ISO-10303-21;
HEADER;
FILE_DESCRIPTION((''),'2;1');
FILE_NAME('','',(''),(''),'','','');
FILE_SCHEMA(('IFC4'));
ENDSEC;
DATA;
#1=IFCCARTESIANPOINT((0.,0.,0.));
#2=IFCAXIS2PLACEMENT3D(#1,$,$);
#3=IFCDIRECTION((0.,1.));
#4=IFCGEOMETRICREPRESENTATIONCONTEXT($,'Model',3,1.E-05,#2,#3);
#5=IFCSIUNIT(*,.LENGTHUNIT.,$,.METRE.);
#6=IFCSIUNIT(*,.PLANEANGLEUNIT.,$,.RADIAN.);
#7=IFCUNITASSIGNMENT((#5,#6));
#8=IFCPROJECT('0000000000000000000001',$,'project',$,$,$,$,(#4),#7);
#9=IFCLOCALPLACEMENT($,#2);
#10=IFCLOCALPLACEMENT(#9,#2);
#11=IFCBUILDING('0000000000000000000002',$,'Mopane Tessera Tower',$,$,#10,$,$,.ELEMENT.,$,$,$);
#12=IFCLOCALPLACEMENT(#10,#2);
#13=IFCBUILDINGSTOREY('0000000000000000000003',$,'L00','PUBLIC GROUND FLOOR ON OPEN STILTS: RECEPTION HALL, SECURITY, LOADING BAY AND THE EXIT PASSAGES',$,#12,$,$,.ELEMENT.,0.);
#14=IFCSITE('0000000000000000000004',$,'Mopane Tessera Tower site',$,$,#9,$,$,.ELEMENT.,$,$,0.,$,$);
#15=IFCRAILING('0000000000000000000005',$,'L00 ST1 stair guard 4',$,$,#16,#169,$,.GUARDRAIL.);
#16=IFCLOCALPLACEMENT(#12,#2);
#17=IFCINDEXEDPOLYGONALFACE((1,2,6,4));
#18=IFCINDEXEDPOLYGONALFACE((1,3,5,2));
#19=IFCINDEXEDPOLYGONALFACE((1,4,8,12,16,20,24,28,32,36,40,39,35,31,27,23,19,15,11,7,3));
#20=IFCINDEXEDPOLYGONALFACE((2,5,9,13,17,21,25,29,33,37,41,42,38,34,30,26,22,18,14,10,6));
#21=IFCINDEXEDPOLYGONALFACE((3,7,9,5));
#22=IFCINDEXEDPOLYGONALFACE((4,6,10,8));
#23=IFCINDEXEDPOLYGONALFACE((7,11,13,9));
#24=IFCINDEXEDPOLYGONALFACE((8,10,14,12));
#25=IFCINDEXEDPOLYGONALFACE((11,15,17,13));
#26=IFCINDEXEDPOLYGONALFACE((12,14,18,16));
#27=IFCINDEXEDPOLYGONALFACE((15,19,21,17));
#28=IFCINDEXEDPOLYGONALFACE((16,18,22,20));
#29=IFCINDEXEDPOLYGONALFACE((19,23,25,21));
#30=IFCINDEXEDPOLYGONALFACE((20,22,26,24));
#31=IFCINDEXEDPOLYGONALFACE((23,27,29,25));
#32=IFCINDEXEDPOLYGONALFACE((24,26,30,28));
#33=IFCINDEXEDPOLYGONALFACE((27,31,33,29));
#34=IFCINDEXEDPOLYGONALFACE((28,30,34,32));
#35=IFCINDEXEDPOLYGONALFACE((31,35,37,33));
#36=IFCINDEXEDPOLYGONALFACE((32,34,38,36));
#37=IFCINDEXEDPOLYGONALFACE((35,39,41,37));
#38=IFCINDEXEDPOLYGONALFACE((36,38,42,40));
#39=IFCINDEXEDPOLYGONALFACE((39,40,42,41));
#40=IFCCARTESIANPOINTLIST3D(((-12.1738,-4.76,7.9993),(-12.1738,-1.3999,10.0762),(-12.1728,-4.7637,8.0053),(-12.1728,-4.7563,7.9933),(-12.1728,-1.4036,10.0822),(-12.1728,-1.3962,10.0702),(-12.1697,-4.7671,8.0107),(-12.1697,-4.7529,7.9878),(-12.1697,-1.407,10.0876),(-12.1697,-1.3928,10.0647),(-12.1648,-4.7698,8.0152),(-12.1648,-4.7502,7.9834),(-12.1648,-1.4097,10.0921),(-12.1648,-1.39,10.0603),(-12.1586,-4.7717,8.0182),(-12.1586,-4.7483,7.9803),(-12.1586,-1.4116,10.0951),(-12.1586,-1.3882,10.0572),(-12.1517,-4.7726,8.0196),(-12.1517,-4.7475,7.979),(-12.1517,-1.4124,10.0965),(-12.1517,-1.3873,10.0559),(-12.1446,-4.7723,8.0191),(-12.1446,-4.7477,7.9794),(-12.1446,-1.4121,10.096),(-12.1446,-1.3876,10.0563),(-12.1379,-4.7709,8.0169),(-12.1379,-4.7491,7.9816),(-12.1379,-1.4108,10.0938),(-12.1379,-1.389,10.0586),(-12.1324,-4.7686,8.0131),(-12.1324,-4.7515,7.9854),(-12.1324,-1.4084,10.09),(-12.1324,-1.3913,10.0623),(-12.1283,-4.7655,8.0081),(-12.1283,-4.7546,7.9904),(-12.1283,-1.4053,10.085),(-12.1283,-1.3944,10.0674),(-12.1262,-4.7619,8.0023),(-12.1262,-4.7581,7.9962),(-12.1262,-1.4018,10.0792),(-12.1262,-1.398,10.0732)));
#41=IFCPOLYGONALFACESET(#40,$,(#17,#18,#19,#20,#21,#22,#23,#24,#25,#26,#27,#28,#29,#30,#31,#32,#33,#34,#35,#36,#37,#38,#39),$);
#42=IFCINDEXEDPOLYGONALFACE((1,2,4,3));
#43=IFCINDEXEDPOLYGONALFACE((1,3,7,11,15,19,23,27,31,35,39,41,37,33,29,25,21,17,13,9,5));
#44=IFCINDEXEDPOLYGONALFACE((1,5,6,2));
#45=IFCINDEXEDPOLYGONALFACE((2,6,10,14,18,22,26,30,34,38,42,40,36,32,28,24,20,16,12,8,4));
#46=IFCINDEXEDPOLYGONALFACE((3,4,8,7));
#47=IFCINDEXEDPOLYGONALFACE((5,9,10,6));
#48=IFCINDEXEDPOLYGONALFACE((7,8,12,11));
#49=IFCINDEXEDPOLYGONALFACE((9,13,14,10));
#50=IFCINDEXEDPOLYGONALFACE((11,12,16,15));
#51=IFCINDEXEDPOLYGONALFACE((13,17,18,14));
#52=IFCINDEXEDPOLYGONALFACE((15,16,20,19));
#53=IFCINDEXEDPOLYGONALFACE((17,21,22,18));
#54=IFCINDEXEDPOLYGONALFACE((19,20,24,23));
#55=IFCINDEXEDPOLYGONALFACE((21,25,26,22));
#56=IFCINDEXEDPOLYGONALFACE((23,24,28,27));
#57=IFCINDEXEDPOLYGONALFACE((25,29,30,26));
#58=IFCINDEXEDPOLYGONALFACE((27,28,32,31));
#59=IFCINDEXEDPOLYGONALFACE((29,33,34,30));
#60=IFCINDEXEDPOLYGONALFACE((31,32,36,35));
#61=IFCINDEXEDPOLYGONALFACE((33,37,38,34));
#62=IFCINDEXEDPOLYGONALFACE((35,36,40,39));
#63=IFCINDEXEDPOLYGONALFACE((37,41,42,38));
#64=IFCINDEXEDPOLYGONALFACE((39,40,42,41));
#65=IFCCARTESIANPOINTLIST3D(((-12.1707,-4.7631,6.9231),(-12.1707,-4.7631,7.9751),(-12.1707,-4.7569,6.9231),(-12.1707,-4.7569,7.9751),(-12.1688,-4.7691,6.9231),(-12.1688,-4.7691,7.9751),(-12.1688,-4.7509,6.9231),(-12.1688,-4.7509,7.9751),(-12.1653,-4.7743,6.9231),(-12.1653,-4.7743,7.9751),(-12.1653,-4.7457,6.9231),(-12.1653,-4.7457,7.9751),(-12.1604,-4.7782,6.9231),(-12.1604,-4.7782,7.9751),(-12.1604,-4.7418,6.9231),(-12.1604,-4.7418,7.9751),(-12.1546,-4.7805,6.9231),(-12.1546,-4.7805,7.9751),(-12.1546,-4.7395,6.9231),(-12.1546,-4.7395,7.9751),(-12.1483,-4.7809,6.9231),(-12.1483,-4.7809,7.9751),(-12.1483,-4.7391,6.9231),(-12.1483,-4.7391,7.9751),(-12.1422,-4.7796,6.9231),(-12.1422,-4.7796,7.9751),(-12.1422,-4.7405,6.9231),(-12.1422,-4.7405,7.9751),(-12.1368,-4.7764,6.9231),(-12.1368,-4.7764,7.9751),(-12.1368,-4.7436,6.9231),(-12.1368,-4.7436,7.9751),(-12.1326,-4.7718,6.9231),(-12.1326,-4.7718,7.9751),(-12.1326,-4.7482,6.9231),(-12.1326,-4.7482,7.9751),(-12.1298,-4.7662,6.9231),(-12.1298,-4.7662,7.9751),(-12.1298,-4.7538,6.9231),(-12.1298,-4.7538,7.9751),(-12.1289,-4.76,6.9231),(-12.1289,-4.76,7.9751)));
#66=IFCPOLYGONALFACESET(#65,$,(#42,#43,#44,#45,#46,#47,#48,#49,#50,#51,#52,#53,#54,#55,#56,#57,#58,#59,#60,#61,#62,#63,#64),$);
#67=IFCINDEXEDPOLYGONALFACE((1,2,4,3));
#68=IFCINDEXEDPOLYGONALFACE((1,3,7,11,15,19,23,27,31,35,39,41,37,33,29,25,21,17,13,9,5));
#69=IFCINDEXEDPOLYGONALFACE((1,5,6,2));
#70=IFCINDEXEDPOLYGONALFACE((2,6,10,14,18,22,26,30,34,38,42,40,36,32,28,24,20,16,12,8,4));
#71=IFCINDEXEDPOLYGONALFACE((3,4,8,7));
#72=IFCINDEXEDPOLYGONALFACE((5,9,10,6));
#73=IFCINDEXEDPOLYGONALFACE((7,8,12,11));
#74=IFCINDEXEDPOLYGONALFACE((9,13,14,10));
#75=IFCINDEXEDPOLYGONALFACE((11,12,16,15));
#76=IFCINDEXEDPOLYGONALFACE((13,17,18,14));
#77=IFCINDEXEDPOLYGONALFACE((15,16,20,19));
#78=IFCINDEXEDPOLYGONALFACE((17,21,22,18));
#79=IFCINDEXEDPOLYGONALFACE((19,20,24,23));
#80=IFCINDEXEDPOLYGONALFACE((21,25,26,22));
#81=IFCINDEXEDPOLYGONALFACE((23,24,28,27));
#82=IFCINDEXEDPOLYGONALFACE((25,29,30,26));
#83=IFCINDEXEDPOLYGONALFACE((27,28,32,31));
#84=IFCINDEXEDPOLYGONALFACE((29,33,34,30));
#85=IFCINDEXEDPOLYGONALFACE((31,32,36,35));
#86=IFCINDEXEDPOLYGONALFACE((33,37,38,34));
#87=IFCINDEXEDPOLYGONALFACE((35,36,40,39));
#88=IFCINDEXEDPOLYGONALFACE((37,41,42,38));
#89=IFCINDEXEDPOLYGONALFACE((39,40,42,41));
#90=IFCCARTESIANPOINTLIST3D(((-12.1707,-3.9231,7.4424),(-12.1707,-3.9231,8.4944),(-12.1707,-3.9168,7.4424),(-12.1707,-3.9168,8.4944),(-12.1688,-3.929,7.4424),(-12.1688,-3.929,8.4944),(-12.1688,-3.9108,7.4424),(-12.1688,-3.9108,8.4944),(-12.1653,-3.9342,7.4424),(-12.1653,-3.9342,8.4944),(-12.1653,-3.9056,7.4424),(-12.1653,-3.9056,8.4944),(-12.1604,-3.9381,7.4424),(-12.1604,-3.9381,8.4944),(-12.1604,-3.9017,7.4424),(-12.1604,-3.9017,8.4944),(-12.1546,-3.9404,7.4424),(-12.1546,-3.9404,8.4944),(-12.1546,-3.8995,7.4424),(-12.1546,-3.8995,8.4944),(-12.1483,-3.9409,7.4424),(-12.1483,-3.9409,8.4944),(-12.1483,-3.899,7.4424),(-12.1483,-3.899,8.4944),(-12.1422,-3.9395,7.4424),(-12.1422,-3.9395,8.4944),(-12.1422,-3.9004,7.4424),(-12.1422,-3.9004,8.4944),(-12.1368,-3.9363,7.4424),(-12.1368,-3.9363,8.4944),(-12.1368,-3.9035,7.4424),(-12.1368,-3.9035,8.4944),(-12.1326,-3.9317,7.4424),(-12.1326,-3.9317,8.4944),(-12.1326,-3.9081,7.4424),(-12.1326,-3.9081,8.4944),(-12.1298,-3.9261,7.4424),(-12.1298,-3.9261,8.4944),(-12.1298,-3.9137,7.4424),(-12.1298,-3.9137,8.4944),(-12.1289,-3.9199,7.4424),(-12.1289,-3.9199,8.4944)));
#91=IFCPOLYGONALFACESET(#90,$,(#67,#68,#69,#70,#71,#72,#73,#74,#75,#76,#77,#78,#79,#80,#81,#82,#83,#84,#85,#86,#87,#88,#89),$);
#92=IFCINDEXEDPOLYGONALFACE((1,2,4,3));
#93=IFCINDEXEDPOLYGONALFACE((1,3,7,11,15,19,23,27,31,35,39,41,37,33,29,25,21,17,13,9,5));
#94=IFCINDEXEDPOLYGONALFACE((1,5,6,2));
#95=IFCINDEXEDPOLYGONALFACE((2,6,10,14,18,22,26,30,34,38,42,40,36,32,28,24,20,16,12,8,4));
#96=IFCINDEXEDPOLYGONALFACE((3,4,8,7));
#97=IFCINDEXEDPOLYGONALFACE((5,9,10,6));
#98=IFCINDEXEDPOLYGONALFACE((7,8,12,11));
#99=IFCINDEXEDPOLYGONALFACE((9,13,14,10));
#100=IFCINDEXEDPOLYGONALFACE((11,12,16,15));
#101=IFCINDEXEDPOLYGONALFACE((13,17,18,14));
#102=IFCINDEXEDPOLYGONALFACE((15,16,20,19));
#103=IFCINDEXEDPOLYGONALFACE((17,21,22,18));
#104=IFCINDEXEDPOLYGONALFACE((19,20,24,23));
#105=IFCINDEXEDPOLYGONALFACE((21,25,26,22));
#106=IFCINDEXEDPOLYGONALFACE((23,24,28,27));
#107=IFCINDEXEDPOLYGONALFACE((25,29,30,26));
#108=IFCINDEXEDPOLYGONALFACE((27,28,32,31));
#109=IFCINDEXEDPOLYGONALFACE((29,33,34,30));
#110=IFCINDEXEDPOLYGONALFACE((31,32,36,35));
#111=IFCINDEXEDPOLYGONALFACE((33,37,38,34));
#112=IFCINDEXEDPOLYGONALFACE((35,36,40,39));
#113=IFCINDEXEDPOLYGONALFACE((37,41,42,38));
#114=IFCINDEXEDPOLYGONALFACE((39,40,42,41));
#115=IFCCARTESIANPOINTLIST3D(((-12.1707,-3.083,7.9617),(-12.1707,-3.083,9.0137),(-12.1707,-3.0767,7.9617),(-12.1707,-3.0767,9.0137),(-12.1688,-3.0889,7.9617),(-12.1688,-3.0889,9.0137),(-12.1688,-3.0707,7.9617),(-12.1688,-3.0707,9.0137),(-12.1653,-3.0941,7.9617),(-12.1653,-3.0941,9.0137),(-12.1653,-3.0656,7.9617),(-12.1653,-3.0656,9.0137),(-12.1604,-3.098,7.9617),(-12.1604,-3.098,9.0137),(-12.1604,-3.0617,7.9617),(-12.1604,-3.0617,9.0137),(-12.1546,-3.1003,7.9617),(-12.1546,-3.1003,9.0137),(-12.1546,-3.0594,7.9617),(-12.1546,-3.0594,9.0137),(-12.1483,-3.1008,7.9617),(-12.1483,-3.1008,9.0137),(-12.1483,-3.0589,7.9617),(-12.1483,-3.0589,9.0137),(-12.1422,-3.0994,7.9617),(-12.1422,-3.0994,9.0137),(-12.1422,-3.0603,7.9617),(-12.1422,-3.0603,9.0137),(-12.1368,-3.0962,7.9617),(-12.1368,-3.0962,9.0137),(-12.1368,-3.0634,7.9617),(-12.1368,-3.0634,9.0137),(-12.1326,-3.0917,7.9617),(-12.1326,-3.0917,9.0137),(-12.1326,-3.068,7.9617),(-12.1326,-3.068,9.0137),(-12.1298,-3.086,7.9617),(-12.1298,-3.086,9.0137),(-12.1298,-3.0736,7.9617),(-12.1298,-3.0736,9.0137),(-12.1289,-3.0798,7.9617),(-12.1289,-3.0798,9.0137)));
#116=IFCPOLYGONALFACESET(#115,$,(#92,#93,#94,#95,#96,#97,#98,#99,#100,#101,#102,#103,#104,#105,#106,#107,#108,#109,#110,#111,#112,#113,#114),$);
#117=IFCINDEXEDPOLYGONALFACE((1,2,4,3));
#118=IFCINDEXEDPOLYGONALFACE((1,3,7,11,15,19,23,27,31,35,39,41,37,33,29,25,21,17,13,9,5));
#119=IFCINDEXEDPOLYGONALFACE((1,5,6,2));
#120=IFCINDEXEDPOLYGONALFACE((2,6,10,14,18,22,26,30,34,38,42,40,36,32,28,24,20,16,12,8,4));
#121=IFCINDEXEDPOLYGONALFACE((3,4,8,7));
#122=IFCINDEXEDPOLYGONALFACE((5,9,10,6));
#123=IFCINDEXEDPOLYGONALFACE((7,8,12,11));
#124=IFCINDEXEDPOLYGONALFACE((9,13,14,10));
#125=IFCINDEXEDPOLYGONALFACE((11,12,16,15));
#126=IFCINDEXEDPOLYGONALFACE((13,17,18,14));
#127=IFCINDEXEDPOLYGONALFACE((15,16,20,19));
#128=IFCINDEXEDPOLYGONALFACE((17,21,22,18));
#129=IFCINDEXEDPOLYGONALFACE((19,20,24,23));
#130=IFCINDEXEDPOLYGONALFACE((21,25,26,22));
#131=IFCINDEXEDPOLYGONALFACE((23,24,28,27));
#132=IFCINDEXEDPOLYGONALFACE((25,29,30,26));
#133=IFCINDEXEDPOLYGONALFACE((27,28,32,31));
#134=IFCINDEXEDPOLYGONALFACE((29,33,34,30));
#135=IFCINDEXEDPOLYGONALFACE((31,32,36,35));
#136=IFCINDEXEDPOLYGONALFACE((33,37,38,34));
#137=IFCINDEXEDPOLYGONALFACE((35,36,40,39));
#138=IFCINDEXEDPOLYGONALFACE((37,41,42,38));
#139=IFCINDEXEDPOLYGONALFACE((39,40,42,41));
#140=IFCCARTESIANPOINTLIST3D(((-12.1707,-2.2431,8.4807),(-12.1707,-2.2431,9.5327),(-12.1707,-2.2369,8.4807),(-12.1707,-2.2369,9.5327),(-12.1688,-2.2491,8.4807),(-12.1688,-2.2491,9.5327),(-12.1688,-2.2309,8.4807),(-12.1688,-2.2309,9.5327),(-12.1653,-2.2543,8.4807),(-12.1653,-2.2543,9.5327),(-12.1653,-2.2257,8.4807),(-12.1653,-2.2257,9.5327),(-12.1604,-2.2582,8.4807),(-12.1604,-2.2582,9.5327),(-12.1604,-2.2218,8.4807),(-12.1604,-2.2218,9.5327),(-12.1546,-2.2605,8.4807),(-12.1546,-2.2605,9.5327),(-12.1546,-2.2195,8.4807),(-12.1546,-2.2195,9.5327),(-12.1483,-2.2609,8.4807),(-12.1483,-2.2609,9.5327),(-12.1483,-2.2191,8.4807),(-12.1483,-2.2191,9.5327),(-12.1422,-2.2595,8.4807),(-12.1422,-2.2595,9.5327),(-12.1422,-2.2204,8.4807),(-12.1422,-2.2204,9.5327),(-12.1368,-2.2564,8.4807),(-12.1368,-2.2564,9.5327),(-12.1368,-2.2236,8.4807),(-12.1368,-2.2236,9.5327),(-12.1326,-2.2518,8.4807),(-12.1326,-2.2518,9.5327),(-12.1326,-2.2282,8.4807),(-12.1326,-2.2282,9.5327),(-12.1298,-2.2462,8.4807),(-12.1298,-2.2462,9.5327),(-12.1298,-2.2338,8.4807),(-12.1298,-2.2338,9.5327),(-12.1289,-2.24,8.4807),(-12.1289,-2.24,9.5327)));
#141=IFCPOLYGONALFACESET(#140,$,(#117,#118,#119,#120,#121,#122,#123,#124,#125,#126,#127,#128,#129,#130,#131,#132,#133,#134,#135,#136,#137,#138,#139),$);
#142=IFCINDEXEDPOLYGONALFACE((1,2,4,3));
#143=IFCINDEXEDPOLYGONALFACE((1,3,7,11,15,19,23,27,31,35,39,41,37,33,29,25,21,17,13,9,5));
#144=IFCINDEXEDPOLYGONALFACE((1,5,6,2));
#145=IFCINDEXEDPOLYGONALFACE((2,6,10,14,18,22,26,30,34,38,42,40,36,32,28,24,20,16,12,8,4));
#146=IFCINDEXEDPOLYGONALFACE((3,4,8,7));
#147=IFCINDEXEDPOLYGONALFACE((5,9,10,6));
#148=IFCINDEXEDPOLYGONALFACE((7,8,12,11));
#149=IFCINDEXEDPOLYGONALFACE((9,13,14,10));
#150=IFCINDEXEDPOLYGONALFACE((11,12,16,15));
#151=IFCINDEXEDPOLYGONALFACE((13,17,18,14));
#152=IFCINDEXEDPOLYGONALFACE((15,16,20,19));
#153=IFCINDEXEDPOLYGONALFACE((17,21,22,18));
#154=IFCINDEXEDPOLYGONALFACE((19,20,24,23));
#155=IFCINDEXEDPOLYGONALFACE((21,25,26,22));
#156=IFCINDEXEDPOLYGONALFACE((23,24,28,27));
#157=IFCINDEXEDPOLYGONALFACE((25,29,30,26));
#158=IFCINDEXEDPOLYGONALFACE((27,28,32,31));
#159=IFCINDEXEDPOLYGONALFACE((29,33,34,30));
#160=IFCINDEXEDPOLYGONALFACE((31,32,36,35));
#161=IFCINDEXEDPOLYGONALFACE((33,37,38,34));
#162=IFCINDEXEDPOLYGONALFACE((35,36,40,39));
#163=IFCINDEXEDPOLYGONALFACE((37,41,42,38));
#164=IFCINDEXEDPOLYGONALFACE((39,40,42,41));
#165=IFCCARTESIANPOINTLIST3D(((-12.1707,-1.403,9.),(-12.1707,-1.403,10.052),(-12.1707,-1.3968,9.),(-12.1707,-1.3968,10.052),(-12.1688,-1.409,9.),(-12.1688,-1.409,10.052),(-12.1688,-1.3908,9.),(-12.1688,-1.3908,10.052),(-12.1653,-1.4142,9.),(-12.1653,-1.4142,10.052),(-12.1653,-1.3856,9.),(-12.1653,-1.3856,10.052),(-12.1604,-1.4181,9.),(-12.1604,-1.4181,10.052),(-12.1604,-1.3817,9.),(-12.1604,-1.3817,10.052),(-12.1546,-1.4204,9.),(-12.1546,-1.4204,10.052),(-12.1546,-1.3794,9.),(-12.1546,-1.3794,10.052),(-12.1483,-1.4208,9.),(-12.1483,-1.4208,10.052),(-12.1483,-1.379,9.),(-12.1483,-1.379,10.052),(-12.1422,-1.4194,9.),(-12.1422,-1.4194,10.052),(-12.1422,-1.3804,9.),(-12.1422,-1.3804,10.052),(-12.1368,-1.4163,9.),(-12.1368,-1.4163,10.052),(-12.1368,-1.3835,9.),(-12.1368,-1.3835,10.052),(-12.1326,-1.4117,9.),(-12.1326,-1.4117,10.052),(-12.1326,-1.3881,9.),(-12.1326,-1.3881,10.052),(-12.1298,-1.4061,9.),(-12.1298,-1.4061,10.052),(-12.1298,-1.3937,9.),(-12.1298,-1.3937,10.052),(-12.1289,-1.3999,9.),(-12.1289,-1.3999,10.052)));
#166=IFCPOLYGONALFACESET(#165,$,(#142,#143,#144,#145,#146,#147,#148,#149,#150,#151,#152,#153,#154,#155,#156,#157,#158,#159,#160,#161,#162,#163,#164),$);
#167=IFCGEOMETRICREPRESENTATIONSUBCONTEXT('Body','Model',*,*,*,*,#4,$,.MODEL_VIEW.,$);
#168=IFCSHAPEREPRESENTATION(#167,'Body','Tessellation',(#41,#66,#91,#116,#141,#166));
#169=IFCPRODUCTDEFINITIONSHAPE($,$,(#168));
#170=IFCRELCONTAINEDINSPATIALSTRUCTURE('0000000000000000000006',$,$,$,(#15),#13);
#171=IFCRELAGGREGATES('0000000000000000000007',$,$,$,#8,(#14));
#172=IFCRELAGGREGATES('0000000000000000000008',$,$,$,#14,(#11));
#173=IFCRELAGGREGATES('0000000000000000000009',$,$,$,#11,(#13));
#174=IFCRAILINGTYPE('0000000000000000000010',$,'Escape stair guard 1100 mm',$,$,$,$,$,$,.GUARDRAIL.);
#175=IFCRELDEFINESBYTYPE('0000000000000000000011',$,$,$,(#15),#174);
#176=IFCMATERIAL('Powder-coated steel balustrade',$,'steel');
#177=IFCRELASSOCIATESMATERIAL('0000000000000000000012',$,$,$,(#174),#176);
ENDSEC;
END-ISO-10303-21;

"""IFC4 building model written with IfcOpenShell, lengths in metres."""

from ifc_helpers import new_model, si_unit, direction, frame, origin, origin_2d, place, context, subcontext, project, spatial, circle, extrude, material, type_object, element, save


model = new_model("IFC4")

# Units and contexts
model_context = context("Model", 3, precision=1e-05, world=origin(), true_north=direction((0.0, 1.0)))
body_context = subcontext(model_context, "Body", "Model", "MODEL_VIEW")
ifc_project = project(units=[si_unit("LENGTHUNIT", "METRE"), si_unit("PLANEANGLEUNIT", "RADIAN")], contexts=[model_context])

# Site, building, storey
site_placement = place(None, origin())
site = spatial("IfcSite", under=ifc_project, at=site_placement, Name="Mopane Tessera Tower site", CompositionType="ELEMENT", RefElevation=0.0)
building_placement = place(site_placement, origin())
building = spatial("IfcBuilding", under=site, at=building_placement, Name="Mopane Tessera Tower", CompositionType="ELEMENT")
storey_placement = place(building_placement, origin())
storey = spatial("IfcBuildingStorey", under=building, at=storey_placement, Name="L00", Description="PUBLIC GROUND FLOOR ON OPEN STILTS: RECEPTION HALL, SECURITY, LOADING BAY AND THE EXIT PASSAGES", CompositionType="ELEMENT", Elevation=0.0)

# Railing
ifc_material_1 = material(Name="Powder-coated steel balustrade", Category="steel")
railing_type_1 = type_object("IfcRailingType", Name="Escape stair guard 1100 mm", PredefinedType="GUARDRAIL", material=ifc_material_1)
railing_1_placement = place(storey_placement, frame((-12.1499, -4.76, 6.9231)))
element("IfcRailing", 1, at=railing_1_placement, inside=storey, type_object=railing_type_1, Name="L00 ST1 stair guard 4", PredefinedType="GUARDRAIL", context=body_context, shape_type="SweptSolid", body=[
    extrude(circle(Radius=0.0239, at=origin_2d()), frame((0.0, 0.0, 1.0762), z_axis=(0.0, 0.850623, 0.525776), x_axis=(-1.0, 0.0, 0.0)), (0.0, 0.0, 1.0), 3.9502),
    extrude(circle(Radius=0.021, at=origin_2d()), origin(), (0.0, 0.0, 1.0), 1.052),
    extrude(circle(Radius=0.021, at=origin_2d()), frame((0.0, 0.8401, 0.5193)), (0.0, 0.0, 1.0), 1.052),
    extrude(circle(Radius=0.021, at=origin_2d()), frame((0.0, 1.6802, 1.0386)), (0.0, 0.0, 1.0), 1.052),
    extrude(circle(Radius=0.021, at=origin_2d()), frame((0.0, 2.52, 1.5576)), (0.0, 0.0, 1.0), 1.052),
    extrude(circle(Radius=0.021, at=origin_2d()), frame((0.0, 3.3601, 2.0769)), (0.0, 0.0, 1.0), 1.052),
])

save(model, "model.ifc")
